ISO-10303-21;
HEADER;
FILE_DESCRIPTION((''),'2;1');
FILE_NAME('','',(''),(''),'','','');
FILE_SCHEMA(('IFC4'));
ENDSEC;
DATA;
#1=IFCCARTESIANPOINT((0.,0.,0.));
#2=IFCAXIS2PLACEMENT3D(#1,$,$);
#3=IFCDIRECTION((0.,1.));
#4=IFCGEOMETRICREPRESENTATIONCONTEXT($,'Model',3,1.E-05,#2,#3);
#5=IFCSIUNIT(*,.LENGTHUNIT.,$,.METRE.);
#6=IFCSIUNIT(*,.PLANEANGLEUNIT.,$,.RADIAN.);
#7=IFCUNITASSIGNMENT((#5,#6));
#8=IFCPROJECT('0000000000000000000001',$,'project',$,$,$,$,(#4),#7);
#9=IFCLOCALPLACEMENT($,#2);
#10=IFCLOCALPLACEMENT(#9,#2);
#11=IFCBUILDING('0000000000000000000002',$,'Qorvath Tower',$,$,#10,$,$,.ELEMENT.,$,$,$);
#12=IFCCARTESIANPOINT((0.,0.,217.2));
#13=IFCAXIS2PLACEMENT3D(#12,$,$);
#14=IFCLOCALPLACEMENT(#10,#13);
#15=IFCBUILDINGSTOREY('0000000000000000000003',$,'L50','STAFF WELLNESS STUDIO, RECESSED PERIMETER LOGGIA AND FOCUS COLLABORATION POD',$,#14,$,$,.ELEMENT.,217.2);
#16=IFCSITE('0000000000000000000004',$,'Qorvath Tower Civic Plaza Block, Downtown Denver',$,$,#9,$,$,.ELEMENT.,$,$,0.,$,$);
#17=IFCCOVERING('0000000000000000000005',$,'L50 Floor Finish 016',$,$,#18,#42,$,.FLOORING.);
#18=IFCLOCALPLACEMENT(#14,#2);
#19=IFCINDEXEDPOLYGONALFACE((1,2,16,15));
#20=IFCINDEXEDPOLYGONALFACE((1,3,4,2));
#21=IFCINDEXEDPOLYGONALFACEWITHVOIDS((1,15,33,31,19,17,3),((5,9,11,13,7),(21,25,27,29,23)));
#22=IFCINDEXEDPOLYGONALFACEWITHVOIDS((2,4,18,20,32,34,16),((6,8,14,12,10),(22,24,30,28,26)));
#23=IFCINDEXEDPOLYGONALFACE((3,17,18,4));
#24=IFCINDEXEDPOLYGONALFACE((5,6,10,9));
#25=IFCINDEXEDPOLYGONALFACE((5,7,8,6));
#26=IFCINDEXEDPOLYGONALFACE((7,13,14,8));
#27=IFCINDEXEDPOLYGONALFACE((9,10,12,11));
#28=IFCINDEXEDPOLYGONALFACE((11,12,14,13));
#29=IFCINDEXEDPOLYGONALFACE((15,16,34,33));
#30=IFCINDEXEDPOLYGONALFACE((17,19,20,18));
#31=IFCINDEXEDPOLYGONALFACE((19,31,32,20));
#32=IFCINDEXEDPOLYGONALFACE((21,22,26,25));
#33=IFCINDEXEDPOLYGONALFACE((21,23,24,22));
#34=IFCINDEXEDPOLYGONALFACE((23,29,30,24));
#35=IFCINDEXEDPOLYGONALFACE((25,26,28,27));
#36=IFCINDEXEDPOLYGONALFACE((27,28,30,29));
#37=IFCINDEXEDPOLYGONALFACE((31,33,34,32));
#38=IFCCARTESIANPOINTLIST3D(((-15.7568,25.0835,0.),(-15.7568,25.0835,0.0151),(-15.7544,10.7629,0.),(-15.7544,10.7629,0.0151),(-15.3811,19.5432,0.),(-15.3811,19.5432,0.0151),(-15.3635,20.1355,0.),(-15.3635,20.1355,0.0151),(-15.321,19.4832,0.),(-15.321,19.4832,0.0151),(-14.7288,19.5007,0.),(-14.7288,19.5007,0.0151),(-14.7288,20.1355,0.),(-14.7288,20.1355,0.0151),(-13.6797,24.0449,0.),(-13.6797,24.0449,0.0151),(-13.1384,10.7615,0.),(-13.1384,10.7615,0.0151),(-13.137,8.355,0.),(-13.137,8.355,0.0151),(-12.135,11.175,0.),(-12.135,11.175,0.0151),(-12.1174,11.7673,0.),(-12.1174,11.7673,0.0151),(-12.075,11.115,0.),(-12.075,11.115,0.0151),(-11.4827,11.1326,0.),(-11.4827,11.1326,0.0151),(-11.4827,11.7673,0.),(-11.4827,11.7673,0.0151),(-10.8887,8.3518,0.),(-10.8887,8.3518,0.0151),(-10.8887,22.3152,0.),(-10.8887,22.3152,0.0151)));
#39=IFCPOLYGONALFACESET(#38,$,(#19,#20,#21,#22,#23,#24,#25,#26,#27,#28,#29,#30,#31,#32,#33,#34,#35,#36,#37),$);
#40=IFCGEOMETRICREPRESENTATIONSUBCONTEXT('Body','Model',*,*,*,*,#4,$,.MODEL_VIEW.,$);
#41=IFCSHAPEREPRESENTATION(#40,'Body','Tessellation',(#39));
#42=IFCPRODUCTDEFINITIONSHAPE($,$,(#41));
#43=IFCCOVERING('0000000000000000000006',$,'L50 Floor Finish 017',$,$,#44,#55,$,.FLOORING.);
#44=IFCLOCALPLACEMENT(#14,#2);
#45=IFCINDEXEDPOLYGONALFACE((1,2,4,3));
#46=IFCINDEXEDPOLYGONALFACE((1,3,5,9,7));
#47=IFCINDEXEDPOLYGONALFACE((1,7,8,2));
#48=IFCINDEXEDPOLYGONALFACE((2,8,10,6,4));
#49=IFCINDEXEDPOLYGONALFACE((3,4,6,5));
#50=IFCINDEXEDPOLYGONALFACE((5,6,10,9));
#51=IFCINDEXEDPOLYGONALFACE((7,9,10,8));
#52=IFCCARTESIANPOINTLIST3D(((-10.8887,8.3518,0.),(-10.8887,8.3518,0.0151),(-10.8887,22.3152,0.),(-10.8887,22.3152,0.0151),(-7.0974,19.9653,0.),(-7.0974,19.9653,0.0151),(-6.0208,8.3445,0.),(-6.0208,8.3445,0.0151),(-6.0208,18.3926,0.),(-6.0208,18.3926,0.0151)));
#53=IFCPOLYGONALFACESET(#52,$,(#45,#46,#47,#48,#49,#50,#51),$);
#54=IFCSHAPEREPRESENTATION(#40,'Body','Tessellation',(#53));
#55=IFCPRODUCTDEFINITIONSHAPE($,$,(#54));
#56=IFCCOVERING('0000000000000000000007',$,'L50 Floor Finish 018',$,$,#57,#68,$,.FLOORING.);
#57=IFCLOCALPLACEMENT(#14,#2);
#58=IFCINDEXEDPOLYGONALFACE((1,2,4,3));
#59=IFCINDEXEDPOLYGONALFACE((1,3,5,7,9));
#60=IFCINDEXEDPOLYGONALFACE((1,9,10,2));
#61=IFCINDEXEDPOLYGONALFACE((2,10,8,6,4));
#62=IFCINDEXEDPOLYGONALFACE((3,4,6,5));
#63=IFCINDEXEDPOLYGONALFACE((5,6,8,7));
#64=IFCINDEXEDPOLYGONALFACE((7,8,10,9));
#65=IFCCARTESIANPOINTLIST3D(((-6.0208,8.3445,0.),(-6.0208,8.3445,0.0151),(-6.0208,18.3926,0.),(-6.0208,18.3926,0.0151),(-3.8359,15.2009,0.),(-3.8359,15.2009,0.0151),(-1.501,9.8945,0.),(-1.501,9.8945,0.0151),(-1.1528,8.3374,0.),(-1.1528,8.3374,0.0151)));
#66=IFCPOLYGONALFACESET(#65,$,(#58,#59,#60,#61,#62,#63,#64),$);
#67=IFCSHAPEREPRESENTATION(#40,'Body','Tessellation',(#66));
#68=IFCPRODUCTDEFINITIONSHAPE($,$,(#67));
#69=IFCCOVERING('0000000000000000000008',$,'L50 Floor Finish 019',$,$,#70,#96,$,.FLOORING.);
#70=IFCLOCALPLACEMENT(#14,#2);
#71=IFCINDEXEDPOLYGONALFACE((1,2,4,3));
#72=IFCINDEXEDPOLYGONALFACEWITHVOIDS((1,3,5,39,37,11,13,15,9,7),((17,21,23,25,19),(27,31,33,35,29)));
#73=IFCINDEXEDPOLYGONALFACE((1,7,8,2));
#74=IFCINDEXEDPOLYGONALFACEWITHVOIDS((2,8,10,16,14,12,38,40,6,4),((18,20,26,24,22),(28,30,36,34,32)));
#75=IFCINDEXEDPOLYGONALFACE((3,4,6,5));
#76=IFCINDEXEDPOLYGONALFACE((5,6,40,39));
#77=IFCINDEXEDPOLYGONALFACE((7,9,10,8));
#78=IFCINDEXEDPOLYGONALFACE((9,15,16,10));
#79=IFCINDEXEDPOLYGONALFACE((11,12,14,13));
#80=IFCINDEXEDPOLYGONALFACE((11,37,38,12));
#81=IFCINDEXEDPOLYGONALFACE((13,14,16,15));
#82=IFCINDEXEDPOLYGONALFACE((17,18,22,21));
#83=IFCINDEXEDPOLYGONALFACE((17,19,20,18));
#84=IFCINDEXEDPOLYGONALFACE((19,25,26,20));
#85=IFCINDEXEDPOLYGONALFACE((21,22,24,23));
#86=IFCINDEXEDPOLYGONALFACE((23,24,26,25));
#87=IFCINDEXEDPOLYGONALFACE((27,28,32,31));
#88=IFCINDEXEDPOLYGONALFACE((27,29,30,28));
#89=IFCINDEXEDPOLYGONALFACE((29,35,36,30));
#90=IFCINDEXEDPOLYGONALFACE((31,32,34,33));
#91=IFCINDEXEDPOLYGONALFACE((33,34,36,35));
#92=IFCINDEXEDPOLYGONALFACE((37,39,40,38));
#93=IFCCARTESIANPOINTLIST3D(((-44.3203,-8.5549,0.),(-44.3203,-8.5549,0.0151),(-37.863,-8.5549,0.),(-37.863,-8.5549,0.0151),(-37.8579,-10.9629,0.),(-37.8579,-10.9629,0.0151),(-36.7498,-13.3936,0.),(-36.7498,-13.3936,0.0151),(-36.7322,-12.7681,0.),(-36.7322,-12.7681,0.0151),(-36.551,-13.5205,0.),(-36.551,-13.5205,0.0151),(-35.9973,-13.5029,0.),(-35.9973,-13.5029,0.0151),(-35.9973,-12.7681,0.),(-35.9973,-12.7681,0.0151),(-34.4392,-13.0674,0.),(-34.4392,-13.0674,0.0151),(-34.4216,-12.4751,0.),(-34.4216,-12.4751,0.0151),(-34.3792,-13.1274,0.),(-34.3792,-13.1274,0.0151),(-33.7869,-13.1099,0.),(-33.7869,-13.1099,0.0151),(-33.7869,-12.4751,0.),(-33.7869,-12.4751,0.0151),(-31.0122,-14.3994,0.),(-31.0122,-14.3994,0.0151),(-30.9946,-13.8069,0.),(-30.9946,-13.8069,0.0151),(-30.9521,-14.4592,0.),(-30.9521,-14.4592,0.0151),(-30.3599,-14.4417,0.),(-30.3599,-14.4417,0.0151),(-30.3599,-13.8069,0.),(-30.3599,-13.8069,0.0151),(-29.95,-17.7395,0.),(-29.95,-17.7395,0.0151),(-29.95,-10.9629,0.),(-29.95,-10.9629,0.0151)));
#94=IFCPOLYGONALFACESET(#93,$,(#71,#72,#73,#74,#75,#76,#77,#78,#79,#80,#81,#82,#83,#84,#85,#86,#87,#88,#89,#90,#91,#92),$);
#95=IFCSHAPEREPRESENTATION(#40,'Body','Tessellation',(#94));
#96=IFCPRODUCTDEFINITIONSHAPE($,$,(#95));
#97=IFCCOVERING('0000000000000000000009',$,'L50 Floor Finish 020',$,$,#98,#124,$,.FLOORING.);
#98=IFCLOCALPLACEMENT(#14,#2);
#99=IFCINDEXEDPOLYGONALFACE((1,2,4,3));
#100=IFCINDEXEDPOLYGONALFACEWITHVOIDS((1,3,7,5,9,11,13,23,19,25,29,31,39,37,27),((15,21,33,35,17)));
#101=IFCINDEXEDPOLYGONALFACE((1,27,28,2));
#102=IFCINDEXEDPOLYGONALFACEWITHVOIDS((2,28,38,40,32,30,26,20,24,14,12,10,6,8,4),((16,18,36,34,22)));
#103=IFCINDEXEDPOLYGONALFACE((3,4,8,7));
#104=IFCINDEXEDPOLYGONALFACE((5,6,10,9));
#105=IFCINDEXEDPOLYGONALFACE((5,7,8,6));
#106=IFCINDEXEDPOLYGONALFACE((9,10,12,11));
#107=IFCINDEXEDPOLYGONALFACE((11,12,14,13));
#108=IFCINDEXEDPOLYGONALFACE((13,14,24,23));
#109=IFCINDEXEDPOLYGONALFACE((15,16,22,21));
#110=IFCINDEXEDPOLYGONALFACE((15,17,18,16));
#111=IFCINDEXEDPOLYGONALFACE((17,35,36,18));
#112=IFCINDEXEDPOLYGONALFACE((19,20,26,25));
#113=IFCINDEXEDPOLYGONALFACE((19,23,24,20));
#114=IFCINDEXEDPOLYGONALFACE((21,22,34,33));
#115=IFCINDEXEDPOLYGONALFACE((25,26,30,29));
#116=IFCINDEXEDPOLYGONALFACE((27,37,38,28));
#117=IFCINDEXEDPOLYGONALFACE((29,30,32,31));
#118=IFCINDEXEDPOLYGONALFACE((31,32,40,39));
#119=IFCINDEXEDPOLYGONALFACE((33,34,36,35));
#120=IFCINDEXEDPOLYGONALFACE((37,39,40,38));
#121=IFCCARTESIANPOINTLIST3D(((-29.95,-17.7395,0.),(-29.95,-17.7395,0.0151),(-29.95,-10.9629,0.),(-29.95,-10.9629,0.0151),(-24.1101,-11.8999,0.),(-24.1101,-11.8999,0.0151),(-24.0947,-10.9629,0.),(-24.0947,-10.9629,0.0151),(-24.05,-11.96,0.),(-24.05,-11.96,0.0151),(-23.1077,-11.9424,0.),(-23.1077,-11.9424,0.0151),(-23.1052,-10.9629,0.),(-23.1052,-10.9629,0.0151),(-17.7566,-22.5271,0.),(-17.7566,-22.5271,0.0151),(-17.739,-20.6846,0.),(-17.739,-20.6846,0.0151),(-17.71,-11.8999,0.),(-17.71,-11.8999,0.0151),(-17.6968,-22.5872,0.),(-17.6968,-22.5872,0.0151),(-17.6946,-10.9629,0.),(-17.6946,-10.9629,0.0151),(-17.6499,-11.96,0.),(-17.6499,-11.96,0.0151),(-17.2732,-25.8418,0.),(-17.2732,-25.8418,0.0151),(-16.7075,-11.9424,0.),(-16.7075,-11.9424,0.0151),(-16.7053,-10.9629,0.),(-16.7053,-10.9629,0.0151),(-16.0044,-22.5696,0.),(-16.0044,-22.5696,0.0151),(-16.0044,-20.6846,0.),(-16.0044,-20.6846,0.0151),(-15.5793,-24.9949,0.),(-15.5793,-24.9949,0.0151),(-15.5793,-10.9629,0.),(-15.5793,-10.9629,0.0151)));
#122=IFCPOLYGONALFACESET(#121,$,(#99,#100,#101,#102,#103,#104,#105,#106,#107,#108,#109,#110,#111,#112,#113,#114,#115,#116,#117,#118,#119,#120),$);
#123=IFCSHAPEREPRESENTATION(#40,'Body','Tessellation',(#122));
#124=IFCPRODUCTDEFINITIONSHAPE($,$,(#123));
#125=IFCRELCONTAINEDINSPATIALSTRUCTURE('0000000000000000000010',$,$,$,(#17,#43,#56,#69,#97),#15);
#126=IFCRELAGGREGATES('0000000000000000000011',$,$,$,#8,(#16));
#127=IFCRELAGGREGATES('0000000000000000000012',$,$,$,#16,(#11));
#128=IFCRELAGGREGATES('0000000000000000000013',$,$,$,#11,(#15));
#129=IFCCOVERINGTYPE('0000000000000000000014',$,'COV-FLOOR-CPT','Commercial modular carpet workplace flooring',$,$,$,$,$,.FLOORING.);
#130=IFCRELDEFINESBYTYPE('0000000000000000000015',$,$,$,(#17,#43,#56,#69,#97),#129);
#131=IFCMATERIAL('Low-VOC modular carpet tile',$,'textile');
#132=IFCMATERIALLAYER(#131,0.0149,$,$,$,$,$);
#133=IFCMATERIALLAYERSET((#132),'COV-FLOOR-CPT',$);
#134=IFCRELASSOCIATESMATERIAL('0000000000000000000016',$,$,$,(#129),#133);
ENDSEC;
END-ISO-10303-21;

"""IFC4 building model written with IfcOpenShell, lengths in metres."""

from ifc_helpers import new_model, si_unit, direction, frame, origin, place, context, subcontext, project, spatial, polyline, outline, extrude, material, layer, layer_set, type_object, element, save


model = new_model("IFC4")

# Units and contexts
model_context = context("Model", 3, precision=1e-05, world=origin(), true_north=direction((0.0, 1.0)))
body_context = subcontext(model_context, "Body", "Model", "MODEL_VIEW")
ifc_project = project(units=[si_unit("LENGTHUNIT", "METRE"), si_unit("PLANEANGLEUNIT", "RADIAN")], contexts=[model_context])

# Site, building, storey
site_placement = place(None, origin())
site = spatial("IfcSite", under=ifc_project, at=site_placement, Name="Qorvath Tower Civic Plaza Block, Downtown Denver", CompositionType="ELEMENT", RefElevation=0.0)
building_placement = place(site_placement, origin())
building = spatial("IfcBuilding", under=site, at=building_placement, Name="Qorvath Tower", CompositionType="ELEMENT")
storey_placement = place(building_placement, frame((0.0, 0.0, 217.2)))
storey = spatial("IfcBuildingStorey", under=building, at=storey_placement, Name="L50", Description="STAFF WELLNESS STUDIO, RECESSED PERIMETER LOGGIA AND FOCUS COLLABORATION POD", CompositionType="ELEMENT", Elevation=217.2)

# Coverings
ifc_material_1 = material(Name="Low-VOC modular carpet tile", Category="textile")
ifc_layer_1 = layer(ifc_material_1, 0.0149)
ifc_layer_set_1 = layer_set([ifc_layer_1], Name="COV-FLOOR-CPT")
covering_type_1 = type_object("IfcCoveringType", Name="COV-FLOOR-CPT", Description="Commercial modular carpet workplace flooring", PredefinedType="FLOORING", material=ifc_layer_set_1)
covering_1_placement = place(storey_placement, origin())
element("IfcCovering", 1, at=covering_1_placement, inside=storey, type_object=covering_type_1, Name="L50 Floor Finish 016", PredefinedType="FLOORING", context=body_context, shape_type="SweptSolid", body=[
    extrude(outline(polyline([(-10.8887, 8.3518), (-10.8887, 22.3152), (-13.6797, 24.0449), (-15.7568, 25.0835), (-15.7544, 10.7629), (-13.1384, 10.7615), (-13.137, 8.355), (-10.8887, 8.3518)]), holes=[polyline([(-12.135, 11.175), (-12.1174, 11.7673), (-11.4827, 11.7673), (-11.4827, 11.1326), (-12.075, 11.115), (-12.135, 11.175)]), polyline([(-15.3811, 19.5432), (-15.3635, 20.1355), (-14.7288, 20.1355), (-14.7288, 19.5007), (-15.321, 19.4832), (-15.3811, 19.5432)])]), origin(), (0.0, 0.0, 1.0), 0.0151),
])
covering_2_placement = place(storey_placement, origin())
element("IfcCovering", 2, at=covering_2_placement, inside=storey, type_object=covering_type_1, Name="L50 Floor Finish 017", PredefinedType="FLOORING", context=body_context, shape_type="SweptSolid", body=[
    extrude(outline(polyline([(-6.0208, 8.3445), (-6.0208, 18.3926), (-7.0974, 19.9653), (-10.8887, 22.3152), (-10.8887, 8.3518), (-6.0208, 8.3445)])), origin(), (0.0, 0.0, 1.0), 0.0151),
])
covering_3_placement = place(storey_placement, origin())
element("IfcCovering", 3, at=covering_3_placement, inside=storey, type_object=covering_type_1, Name="L50 Floor Finish 018", PredefinedType="FLOORING", context=body_context, shape_type="SweptSolid", body=[
    extrude(outline(polyline([(-1.1528, 8.3374), (-1.501, 9.8945), (-3.8359, 15.2009), (-6.0208, 18.3926), (-6.0208, 8.3445), (-1.1528, 8.3374)])), origin(), (0.0, 0.0, 1.0), 0.0151),
])
covering_4_placement = place(storey_placement, origin())
element("IfcCovering", 4, at=covering_4_placement, inside=storey, type_object=covering_type_1, Name="L50 Floor Finish 019", PredefinedType="FLOORING", context=body_context, shape_type="SweptSolid", body=[
    extrude(outline(polyline([(-29.95, -17.7395), (-29.95, -10.9629), (-37.8579, -10.9629), (-37.863, -8.5549), (-44.3203, -8.5549), (-36.7498, -13.3936), (-36.7322, -12.7681), (-35.9973, -12.7681), (-35.9973, -13.5029), (-36.551, -13.5205), (-29.95, -17.7395)]), holes=[polyline([(-31.0122, -14.3994), (-30.9946, -13.8069), (-30.3599, -13.8069), (-30.3599, -14.4417), (-30.9521, -14.4592), (-31.0122, -14.3994)]), polyline([(-34.4392, -13.0674), (-34.4216, -12.4751), (-33.7869, -12.4751), (-33.7869, -13.1099), (-34.3792, -13.1274), (-34.4392, -13.0674)])]), origin(), (0.0, 0.0, 1.0), 0.0151),
])
covering_5_placement = place(storey_placement, origin())
element("IfcCovering", 5, at=covering_5_placement, inside=storey, type_object=covering_type_1, Name="L50 Floor Finish 020", PredefinedType="FLOORING", context=body_context, shape_type="SweptSolid", body=[
    extrude(outline(polyline([(-15.5793, -24.9949), (-15.5793, -10.9629), (-16.7053, -10.9629), (-16.7075, -11.9424), (-17.6499, -11.96), (-17.71, -11.8999), (-17.6946, -10.9629), (-23.1052, -10.9629), (-23.1077, -11.9424), (-24.05, -11.96), (-24.1101, -11.8999), (-24.0947, -10.9629), (-29.95, -10.9629), (-29.95, -17.7395), (-17.2732, -25.8418), (-15.5793, -24.9949)]), holes=[polyline([(-17.7566, -22.5271), (-17.739, -20.6846), (-16.0044, -20.6846), (-16.0044, -22.5696), (-17.6968, -22.5872), (-17.7566, -22.5271)])]), origin(), (0.0, 0.0, 1.0), 0.0151),
])

save(model, "model.ifc")
